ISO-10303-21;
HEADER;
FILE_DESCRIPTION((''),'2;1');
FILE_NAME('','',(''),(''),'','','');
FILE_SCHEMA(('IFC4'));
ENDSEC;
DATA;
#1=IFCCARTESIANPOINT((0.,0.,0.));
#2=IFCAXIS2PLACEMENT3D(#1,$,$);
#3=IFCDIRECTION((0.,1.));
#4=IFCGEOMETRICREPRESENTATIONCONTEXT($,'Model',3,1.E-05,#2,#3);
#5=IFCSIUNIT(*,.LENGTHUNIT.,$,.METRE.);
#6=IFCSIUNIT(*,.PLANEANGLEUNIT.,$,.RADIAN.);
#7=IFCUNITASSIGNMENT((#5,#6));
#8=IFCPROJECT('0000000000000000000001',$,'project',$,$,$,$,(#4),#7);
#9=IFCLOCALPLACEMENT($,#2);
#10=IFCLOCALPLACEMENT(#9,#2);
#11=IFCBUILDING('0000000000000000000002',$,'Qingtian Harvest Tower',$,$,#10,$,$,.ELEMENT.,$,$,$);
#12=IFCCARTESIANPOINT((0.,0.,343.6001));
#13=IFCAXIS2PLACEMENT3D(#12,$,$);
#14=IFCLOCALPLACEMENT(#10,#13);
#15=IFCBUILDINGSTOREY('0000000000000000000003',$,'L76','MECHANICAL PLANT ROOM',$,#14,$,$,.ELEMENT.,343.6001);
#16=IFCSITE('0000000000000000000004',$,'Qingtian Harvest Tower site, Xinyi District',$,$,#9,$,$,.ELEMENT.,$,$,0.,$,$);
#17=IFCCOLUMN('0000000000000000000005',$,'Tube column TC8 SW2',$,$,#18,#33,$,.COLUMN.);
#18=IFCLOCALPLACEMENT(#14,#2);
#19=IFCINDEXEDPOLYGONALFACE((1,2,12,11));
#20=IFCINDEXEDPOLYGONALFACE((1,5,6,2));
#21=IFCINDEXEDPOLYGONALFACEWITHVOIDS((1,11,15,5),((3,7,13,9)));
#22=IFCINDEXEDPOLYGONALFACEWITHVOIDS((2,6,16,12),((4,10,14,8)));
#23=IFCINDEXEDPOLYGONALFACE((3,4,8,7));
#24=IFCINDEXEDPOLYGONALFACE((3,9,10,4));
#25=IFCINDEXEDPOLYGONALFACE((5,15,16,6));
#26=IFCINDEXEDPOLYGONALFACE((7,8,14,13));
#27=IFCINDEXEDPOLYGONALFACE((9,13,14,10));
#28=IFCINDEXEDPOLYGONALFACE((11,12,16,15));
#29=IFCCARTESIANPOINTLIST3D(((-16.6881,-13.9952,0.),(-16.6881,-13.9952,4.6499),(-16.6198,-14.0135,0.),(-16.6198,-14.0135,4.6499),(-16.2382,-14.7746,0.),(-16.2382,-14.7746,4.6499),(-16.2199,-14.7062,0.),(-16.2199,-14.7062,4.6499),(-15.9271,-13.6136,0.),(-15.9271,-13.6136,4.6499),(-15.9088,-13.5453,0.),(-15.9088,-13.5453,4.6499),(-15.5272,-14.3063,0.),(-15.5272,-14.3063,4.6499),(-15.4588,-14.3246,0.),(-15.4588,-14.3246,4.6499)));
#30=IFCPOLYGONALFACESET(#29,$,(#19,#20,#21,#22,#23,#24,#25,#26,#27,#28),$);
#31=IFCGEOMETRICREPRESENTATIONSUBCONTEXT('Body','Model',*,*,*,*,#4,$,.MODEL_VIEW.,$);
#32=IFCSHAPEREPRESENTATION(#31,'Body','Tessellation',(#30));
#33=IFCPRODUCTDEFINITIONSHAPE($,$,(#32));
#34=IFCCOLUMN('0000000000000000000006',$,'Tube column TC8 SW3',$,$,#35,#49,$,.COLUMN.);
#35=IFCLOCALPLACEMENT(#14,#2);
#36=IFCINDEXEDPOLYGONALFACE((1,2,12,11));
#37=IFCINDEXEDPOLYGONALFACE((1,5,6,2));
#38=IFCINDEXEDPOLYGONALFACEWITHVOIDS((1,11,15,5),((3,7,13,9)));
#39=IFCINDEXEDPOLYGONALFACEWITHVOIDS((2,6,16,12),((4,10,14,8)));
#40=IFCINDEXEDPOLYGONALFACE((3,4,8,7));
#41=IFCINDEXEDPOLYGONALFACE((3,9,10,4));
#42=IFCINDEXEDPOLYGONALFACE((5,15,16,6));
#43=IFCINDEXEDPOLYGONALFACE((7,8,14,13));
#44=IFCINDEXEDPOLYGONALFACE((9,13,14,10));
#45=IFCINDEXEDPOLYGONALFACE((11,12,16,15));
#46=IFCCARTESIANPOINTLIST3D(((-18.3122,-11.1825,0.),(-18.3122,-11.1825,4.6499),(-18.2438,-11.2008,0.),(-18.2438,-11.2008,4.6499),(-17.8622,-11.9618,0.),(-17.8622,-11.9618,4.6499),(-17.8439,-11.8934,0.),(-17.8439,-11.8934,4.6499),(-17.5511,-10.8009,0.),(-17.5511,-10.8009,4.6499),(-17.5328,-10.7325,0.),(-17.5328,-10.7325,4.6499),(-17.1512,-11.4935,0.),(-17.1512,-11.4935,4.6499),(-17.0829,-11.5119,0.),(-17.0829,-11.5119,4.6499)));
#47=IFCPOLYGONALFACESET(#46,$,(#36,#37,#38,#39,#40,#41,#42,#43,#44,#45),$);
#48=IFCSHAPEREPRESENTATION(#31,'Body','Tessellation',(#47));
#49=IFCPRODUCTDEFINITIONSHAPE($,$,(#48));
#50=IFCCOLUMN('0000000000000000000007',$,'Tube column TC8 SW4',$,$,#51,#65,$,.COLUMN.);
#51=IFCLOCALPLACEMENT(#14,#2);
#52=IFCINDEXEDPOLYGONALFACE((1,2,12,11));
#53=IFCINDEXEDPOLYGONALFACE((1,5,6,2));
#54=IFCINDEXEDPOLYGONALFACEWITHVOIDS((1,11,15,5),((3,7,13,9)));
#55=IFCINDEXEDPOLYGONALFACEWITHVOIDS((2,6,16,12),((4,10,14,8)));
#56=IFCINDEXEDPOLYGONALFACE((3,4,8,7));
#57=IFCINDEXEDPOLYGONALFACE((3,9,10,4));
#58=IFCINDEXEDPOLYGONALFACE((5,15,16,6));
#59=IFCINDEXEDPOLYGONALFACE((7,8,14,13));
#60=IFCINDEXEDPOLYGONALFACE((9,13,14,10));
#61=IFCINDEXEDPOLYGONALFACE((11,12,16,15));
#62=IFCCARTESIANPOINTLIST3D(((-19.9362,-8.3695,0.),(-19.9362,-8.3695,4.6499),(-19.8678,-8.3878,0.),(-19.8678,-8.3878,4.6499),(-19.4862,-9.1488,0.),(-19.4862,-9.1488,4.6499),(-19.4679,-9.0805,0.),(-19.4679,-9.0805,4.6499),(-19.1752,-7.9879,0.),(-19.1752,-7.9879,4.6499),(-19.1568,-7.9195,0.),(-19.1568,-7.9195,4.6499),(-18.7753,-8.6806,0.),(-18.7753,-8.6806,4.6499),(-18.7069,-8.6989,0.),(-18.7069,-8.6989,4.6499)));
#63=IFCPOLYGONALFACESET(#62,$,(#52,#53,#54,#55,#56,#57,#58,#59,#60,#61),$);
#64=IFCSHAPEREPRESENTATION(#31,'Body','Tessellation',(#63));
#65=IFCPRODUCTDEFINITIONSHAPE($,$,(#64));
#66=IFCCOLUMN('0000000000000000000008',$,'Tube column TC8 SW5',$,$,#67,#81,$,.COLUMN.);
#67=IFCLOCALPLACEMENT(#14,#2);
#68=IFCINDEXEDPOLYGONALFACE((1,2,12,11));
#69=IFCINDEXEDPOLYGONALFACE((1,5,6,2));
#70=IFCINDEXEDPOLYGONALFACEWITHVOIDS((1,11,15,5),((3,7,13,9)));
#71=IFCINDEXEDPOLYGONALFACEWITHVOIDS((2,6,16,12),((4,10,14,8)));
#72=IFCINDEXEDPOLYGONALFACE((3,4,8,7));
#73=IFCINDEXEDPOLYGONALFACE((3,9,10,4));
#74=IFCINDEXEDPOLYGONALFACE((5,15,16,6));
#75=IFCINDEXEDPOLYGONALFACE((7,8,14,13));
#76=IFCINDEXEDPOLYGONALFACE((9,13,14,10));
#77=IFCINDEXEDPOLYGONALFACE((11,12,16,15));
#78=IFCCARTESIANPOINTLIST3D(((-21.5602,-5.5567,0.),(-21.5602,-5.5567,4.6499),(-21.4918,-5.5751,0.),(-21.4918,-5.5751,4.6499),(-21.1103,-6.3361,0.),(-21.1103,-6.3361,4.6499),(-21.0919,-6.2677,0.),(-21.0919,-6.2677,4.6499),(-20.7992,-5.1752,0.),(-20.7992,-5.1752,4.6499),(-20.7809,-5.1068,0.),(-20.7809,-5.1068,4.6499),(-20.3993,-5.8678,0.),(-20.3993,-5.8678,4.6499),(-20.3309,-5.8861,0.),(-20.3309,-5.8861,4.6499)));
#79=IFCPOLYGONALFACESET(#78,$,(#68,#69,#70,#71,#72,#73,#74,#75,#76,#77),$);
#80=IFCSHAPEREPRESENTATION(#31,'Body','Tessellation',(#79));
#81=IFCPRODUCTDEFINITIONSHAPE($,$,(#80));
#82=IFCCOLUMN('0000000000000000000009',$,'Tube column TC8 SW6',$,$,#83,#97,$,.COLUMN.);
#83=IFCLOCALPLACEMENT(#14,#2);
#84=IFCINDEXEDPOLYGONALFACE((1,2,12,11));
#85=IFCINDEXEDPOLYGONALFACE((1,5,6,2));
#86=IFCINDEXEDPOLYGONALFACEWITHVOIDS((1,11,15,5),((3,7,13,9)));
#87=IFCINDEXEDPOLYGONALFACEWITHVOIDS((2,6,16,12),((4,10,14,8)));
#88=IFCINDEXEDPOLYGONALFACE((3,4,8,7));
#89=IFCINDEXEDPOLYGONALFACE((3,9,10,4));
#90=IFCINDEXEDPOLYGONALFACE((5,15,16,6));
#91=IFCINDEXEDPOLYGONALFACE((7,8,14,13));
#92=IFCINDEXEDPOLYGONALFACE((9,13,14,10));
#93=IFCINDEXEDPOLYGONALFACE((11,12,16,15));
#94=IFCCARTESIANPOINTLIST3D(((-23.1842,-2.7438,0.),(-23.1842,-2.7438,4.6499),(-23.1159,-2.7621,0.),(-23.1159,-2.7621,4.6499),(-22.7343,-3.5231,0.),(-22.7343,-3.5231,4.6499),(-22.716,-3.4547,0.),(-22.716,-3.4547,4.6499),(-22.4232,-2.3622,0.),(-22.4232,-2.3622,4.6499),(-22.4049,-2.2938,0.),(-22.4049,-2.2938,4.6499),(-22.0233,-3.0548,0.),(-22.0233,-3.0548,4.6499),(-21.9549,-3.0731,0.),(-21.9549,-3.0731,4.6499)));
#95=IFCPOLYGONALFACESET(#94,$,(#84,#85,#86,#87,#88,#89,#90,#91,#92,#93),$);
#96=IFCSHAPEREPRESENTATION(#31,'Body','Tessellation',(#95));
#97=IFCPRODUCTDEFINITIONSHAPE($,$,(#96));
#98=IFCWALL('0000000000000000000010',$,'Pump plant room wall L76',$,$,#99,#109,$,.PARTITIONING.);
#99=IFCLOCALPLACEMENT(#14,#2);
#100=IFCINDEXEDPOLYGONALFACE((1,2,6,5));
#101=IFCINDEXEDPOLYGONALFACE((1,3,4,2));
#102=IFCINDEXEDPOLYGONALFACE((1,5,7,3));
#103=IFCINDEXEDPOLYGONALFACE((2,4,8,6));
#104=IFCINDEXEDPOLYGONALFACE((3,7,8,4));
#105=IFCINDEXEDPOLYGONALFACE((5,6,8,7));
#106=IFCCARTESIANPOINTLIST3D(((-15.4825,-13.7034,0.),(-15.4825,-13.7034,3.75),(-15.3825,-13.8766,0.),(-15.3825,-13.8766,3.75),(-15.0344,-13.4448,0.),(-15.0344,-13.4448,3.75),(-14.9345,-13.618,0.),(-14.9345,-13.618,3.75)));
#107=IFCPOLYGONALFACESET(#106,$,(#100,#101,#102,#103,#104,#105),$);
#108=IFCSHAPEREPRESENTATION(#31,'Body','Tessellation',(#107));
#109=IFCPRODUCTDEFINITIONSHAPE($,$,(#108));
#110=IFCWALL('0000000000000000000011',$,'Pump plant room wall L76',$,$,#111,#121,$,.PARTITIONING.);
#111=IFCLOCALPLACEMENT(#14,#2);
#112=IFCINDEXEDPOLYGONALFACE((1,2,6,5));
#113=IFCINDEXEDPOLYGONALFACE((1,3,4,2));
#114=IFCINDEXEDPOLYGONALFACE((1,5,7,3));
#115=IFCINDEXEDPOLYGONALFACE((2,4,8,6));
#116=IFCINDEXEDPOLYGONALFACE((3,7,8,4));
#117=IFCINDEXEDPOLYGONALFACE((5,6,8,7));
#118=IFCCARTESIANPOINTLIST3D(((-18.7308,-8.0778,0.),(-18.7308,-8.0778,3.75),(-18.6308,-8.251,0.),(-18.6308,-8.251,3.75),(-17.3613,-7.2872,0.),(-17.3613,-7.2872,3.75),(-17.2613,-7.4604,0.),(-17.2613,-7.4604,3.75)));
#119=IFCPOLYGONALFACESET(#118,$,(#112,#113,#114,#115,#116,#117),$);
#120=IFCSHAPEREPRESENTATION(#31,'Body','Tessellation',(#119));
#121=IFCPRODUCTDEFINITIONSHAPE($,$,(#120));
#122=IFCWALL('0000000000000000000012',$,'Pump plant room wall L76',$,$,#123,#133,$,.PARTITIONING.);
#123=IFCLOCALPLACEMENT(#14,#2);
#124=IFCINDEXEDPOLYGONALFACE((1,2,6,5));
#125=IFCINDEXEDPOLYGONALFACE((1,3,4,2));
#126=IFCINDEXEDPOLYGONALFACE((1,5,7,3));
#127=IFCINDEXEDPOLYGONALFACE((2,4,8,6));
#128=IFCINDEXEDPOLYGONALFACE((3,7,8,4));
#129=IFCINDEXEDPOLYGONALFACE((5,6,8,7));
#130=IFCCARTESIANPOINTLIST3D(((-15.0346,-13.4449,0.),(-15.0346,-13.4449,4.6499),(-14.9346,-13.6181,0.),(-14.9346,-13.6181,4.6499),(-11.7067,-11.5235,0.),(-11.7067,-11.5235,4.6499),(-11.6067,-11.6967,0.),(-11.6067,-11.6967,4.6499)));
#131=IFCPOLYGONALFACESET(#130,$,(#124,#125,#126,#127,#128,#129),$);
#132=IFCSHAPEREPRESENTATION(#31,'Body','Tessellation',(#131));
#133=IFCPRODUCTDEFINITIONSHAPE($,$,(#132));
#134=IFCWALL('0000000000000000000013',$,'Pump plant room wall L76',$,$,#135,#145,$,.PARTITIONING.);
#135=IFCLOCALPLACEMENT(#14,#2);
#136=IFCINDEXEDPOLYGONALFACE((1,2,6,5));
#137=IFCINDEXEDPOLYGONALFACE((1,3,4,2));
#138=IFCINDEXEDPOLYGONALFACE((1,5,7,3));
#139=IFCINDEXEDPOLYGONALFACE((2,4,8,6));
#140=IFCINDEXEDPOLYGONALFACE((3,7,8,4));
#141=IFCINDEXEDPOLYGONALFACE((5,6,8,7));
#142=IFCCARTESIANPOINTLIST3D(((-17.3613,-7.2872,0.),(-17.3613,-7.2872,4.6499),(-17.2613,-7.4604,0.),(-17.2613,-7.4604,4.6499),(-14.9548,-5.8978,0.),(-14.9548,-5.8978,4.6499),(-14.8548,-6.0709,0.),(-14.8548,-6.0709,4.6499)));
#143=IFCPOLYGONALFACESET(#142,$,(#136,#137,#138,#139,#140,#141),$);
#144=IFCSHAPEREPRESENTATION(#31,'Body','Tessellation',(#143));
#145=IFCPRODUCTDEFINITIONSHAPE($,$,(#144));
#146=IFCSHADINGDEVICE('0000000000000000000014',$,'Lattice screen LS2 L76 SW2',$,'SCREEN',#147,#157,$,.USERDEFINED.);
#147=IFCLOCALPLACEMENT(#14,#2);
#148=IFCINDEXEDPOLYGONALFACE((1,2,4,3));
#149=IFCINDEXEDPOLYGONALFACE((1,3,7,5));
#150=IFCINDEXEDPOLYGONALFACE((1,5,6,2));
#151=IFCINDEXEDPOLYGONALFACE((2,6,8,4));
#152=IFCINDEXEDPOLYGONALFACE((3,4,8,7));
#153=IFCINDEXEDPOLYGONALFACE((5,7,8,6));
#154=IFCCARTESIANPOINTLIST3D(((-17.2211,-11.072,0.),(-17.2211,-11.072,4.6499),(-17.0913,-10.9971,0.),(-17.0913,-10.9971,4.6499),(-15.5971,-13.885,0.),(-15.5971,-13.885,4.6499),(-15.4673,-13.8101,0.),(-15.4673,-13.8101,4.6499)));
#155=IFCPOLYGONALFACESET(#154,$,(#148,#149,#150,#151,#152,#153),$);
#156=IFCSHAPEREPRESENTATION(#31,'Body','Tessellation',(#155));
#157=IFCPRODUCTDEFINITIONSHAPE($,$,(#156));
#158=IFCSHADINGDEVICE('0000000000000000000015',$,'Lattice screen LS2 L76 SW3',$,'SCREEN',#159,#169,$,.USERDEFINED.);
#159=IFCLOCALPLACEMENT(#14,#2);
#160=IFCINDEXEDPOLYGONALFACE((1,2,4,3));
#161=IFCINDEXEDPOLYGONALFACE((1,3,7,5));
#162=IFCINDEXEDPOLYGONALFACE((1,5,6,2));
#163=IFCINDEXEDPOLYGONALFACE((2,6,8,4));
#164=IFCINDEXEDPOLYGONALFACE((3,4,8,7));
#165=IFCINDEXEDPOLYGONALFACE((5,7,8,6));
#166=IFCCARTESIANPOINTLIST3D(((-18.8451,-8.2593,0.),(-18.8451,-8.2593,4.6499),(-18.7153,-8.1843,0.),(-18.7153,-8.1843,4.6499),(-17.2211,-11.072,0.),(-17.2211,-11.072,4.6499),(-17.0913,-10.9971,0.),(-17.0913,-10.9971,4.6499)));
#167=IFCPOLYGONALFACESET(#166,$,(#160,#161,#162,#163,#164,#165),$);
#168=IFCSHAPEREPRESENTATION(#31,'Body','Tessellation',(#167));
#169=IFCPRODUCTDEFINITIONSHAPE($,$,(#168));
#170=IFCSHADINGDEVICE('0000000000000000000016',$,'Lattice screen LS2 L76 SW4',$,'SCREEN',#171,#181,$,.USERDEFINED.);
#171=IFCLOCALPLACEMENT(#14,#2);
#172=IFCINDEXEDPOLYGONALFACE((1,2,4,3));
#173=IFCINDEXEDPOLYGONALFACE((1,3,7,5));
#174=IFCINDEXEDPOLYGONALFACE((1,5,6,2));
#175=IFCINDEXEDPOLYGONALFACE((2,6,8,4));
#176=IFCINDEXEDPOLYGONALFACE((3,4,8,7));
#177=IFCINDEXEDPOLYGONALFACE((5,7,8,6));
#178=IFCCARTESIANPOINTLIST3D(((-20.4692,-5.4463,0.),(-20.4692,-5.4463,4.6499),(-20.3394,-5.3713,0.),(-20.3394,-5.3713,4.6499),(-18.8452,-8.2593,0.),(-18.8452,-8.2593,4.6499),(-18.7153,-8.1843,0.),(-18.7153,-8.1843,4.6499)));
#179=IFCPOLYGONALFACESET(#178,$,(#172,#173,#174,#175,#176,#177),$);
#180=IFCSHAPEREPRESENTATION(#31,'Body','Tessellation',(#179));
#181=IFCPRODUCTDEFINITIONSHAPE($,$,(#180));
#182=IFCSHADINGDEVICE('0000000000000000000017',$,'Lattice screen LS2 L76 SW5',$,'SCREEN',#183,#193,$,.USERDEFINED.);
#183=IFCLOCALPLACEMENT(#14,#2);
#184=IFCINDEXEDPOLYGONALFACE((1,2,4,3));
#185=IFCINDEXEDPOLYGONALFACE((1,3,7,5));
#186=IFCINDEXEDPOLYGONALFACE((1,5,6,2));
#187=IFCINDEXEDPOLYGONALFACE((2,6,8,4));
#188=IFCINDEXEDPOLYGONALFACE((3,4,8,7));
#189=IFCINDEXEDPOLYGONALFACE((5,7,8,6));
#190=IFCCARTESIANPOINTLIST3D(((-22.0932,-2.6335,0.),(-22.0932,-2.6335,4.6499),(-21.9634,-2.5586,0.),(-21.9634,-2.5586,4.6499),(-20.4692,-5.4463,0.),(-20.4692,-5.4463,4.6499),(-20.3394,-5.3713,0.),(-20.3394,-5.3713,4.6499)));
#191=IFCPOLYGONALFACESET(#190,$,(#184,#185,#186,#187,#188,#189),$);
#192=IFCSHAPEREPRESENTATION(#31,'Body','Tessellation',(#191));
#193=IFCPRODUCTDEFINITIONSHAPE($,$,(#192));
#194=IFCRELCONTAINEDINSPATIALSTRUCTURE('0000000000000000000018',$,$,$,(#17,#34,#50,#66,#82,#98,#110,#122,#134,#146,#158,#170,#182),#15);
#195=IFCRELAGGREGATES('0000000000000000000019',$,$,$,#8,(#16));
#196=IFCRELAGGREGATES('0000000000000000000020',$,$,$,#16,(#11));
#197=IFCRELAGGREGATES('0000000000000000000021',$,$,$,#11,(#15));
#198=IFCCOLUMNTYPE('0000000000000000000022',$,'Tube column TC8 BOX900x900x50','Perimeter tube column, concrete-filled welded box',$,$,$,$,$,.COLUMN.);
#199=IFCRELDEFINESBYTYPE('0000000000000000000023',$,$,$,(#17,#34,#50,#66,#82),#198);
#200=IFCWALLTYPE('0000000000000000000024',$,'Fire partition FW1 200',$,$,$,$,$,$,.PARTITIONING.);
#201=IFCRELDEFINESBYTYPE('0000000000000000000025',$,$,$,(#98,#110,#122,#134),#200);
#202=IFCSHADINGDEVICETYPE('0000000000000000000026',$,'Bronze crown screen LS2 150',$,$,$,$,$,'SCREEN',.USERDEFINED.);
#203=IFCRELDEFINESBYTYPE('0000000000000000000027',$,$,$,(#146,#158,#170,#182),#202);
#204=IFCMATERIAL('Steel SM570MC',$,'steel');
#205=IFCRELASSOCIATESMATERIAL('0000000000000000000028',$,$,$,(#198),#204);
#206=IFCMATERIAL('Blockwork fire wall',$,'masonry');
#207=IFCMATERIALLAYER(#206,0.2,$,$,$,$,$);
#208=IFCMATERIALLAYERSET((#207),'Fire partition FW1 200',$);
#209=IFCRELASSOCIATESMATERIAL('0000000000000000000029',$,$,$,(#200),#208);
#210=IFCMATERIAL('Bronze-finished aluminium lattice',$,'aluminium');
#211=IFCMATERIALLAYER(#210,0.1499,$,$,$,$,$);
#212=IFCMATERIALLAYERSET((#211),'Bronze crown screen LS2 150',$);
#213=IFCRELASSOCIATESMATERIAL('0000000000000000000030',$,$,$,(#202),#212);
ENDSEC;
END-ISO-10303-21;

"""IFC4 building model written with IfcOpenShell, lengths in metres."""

from ifc_helpers import new_model, si_unit, direction, frame, frame_2d, origin, origin_2d, place, context, subcontext, project, spatial, polyline, rectangle, hollow_rectangle, outline, extrude, material, layer, layer_set, material_profile, profile_set, type_object, element, save


model = new_model("IFC4")

# Units and contexts
model_context = context("Model", 3, precision=1e-05, world=origin(), true_north=direction((0.0, 1.0)))
body_context = subcontext(model_context, "Body", "Model", "MODEL_VIEW")
ifc_project = project(units=[si_unit("LENGTHUNIT", "METRE"), si_unit("PLANEANGLEUNIT", "RADIAN")], contexts=[model_context])

# Site, building, storey
site_placement = place(None, origin())
site = spatial("IfcSite", under=ifc_project, at=site_placement, Name="Qingtian Harvest Tower site, Xinyi District", CompositionType="ELEMENT", RefElevation=0.0)
building_placement = place(site_placement, origin())
building = spatial("IfcBuilding", under=site, at=building_placement, Name="Qingtian Harvest Tower", CompositionType="ELEMENT")
storey_placement = place(building_placement, frame((0.0, 0.0, 343.6001)))
storey = spatial("IfcBuildingStorey", under=building, at=storey_placement, Name="L76", Description="MECHANICAL PLANT ROOM", CompositionType="ELEMENT", Elevation=343.6001)

# Columns
ifc_material_1 = material(Name="Steel SM570MC", Category="steel")
ifc_material_profile = material_profile(ifc_material_1, hollow_rectangle(XDim=0.8999, YDim=0.8999, WallThickness=0.05, at=origin_2d()), Name="BOX900x900x50")
ifc_profile_set = profile_set([ifc_material_profile], Name="Steel SM570MC")
column_type = type_object("IfcColumnType", Name="Tube column TC8 BOX900x900x50", Description="Perimeter tube column, concrete-filled welded box", PredefinedType="COLUMN", material=ifc_profile_set)
for number, where, z_axis, x_axis, name in (
    (1, (-16.0735, -14.1599, 0.0), (0.0, 0.0, 1.0), (0.5, -0.866025, 0.0), "Tube column TC8 SW2"),
    (2, (-17.6975, -11.3472, 0.0), (0.0, 0.0, 1.0), (0.5, -0.866025, 0.0), "Tube column TC8 SW3"),
    (3, (-19.3215, -8.5342, 0.0), (0.0, 0.0, 1.0), (0.5, -0.866025, 0.0), "Tube column TC8 SW4"),
    (4, (-20.9456, -5.7214, 0.0), (0.0, 0.0, 1.0), (0.5, -0.866025, 0.0), "Tube column TC8 SW5"),
    (5, (-22.5696, -2.9084, 0.0), (0.0, 0.0, 1.0), (0.5, -0.866025, 0.0), "Tube column TC8 SW6"),
):
    element("IfcColumn", number, at=place(storey_placement, frame(where, z_axis=z_axis, x_axis=x_axis)), inside=storey, type_object=column_type, Name=name, PredefinedType="COLUMN", context=body_context, shape_type="SweptSolid", body=[
        extrude(hollow_rectangle(XDim=0.8999, YDim=0.8999, WallThickness=0.05, at=origin_2d()), origin(), (0.0, 0.0, 1.0), 4.6499),
    ])

# Walls
ifc_material_2 = material(Name="Blockwork fire wall", Category="masonry")
ifc_layer_1 = layer(ifc_material_2, 0.2)
ifc_layer_set_1 = layer_set([ifc_layer_1], Name="Fire partition FW1 200")
wall_type = type_object("IfcWallType", Name="Fire partition FW1 200", PredefinedType="PARTITIONING", material=ifc_layer_set_1)
wall_1_placement = place(storey_placement, frame((-15.4326, -13.79, 0.0), z_axis=(0.0, 0.0, 1.0), x_axis=(0.866115, 0.499845, 0.0)))
element("IfcWall", 6, at=wall_1_placement, inside=storey, type_object=wall_type, Name="Pump plant room wall L76", PredefinedType="PARTITIONING", context=body_context, shape_type="SweptSolid", body=[
    extrude(rectangle(XDim=0.5173, YDim=0.2, at=frame_2d((0.2588, 0.0))), origin(), (0.0, 0.0, 1.0), 3.75),
])
wall_2_placement = place(storey_placement, frame((-18.6807, -8.1643, 0.0), z_axis=(0.0, 0.0, 1.0), x_axis=(0.866049, 0.499959, 0.0)))
element("IfcWall", 7, at=wall_2_placement, inside=storey, type_object=wall_type, Name="Pump plant room wall L76", PredefinedType="PARTITIONING", context=body_context, shape_type="SweptSolid", body=[
    extrude(rectangle(XDim=1.5813, YDim=0.2, at=frame_2d((0.7905, 0.0))), origin(), (0.0, 0.0, 1.0), 3.75),
])
wall_3_placement = place(storey_placement, frame((-14.9846, -13.5315, 0.0), z_axis=(0.0, 0.0, 1.0), x_axis=(0.866022, 0.500007, 0.0)))
element("IfcWall", 8, at=wall_3_placement, inside=storey, type_object=wall_type, Name="Pump plant room wall L76", PredefinedType="PARTITIONING", context=body_context, shape_type="SweptSolid", body=[
    extrude(rectangle(XDim=3.8428, YDim=0.2, at=frame_2d((1.9214, 0.0))), origin(), (0.0, 0.0, 1.0), 4.6499),
])
wall_4_placement = place(storey_placement, frame((-17.3113, -7.3738, 0.0), z_axis=(0.0, 0.0, 1.0), x_axis=(0.866023, 0.500004, 0.0)))
element("IfcWall", 9, at=wall_4_placement, inside=storey, type_object=wall_type, Name="Pump plant room wall L76", PredefinedType="PARTITIONING", context=body_context, shape_type="SweptSolid", body=[
    extrude(rectangle(XDim=2.7788, YDim=0.2, at=frame_2d((1.3894, 0.0))), origin(), (0.0, 0.0, 1.0), 4.6499),
])

# Shading devices
ifc_material_3 = material(Name="Bronze-finished aluminium lattice", Category="aluminium")
ifc_layer_2 = layer(ifc_material_3, 0.1499)
ifc_layer_set_2 = layer_set([ifc_layer_2], Name="Bronze crown screen LS2 150")
shading_device_type = type_object("IfcShadingDeviceType", Name="Bronze crown screen LS2 150", ElementType="SCREEN", PredefinedType="USERDEFINED", material=ifc_layer_set_2)
shading_device_1_placement = place(storey_placement, frame((-15.4673, -13.8101, 0.0), z_axis=(0.866033, 0.499987, 0.0), x_axis=(-0.499987, 0.866033, 0.0)))
element("IfcShadingDevice", 10, at=shading_device_1_placement, inside=storey, type_object=shading_device_type, Name="Lattice screen LS2 L76 SW2", ObjectType="SCREEN", PredefinedType="USERDEFINED", context=body_context, shape_type="SweptSolid", body=[
    extrude(outline(polyline([(0.0, 0.0), (3.2481, 0.0), (3.2481, 4.6499), (0.0, 4.6499), (0.0, 0.0)])), origin(), (0.0, 0.0, -1.0), 0.1499),
])
shading_device_2_placement = place(storey_placement, frame((-17.0913, -10.9971, 0.0), z_axis=(0.866014, 0.50002, 0.0), x_axis=(-0.50002, 0.866014, 0.0)))
element("IfcShadingDevice", 11, at=shading_device_2_placement, inside=storey, type_object=shading_device_type, Name="Lattice screen LS2 L76 SW3", ObjectType="SCREEN", PredefinedType="USERDEFINED", context=body_context, shape_type="SweptSolid", body=[
    extrude(outline(polyline([(0.0, 0.0), (3.2479, 0.0), (3.2479, 4.6499), (0.0, 4.6499), (0.0, 0.0)])), origin(), (0.0, 0.0, -1.0), 0.1499),
])
shading_device_3_placement = place(storey_placement, frame((-18.7153, -8.1843, 0.0), z_axis=(0.866033, 0.499987, 0.0), x_axis=(-0.499987, 0.866033, 0.0)))
element("IfcShadingDevice", 12, at=shading_device_3_placement, inside=storey, type_object=shading_device_type, Name="Lattice screen LS2 L76 SW4", ObjectType="SCREEN", PredefinedType="USERDEFINED", context=body_context, shape_type="SweptSolid", body=[
    extrude(outline(polyline([(0.0, 0.0), (3.2481, 0.0), (3.2481, 4.6499), (0.0, 4.6499), (0.0, 0.0)])), origin(), (0.0, 0.0, -1.0), 0.1499),
])
shading_device_4_placement = place(storey_placement, frame((-20.3394, -5.3713, 0.0), z_axis=(0.866014, 0.50002, 0.0), x_axis=(-0.50002, 0.866014, 0.0)))
element("IfcShadingDevice", 13, at=shading_device_4_placement, inside=storey, type_object=shading_device_type, Name="Lattice screen LS2 L76 SW5", ObjectType="SCREEN", PredefinedType="USERDEFINED", context=body_context, shape_type="SweptSolid", body=[
    extrude(outline(polyline([(0.0, 0.0), (3.2479, 0.0), (3.2479, 4.6499), (0.0, 4.6499), (0.0, 0.0)])), origin(), (0.0, 0.0, -1.0), 0.1499),
])

save(model, "model.ifc")
